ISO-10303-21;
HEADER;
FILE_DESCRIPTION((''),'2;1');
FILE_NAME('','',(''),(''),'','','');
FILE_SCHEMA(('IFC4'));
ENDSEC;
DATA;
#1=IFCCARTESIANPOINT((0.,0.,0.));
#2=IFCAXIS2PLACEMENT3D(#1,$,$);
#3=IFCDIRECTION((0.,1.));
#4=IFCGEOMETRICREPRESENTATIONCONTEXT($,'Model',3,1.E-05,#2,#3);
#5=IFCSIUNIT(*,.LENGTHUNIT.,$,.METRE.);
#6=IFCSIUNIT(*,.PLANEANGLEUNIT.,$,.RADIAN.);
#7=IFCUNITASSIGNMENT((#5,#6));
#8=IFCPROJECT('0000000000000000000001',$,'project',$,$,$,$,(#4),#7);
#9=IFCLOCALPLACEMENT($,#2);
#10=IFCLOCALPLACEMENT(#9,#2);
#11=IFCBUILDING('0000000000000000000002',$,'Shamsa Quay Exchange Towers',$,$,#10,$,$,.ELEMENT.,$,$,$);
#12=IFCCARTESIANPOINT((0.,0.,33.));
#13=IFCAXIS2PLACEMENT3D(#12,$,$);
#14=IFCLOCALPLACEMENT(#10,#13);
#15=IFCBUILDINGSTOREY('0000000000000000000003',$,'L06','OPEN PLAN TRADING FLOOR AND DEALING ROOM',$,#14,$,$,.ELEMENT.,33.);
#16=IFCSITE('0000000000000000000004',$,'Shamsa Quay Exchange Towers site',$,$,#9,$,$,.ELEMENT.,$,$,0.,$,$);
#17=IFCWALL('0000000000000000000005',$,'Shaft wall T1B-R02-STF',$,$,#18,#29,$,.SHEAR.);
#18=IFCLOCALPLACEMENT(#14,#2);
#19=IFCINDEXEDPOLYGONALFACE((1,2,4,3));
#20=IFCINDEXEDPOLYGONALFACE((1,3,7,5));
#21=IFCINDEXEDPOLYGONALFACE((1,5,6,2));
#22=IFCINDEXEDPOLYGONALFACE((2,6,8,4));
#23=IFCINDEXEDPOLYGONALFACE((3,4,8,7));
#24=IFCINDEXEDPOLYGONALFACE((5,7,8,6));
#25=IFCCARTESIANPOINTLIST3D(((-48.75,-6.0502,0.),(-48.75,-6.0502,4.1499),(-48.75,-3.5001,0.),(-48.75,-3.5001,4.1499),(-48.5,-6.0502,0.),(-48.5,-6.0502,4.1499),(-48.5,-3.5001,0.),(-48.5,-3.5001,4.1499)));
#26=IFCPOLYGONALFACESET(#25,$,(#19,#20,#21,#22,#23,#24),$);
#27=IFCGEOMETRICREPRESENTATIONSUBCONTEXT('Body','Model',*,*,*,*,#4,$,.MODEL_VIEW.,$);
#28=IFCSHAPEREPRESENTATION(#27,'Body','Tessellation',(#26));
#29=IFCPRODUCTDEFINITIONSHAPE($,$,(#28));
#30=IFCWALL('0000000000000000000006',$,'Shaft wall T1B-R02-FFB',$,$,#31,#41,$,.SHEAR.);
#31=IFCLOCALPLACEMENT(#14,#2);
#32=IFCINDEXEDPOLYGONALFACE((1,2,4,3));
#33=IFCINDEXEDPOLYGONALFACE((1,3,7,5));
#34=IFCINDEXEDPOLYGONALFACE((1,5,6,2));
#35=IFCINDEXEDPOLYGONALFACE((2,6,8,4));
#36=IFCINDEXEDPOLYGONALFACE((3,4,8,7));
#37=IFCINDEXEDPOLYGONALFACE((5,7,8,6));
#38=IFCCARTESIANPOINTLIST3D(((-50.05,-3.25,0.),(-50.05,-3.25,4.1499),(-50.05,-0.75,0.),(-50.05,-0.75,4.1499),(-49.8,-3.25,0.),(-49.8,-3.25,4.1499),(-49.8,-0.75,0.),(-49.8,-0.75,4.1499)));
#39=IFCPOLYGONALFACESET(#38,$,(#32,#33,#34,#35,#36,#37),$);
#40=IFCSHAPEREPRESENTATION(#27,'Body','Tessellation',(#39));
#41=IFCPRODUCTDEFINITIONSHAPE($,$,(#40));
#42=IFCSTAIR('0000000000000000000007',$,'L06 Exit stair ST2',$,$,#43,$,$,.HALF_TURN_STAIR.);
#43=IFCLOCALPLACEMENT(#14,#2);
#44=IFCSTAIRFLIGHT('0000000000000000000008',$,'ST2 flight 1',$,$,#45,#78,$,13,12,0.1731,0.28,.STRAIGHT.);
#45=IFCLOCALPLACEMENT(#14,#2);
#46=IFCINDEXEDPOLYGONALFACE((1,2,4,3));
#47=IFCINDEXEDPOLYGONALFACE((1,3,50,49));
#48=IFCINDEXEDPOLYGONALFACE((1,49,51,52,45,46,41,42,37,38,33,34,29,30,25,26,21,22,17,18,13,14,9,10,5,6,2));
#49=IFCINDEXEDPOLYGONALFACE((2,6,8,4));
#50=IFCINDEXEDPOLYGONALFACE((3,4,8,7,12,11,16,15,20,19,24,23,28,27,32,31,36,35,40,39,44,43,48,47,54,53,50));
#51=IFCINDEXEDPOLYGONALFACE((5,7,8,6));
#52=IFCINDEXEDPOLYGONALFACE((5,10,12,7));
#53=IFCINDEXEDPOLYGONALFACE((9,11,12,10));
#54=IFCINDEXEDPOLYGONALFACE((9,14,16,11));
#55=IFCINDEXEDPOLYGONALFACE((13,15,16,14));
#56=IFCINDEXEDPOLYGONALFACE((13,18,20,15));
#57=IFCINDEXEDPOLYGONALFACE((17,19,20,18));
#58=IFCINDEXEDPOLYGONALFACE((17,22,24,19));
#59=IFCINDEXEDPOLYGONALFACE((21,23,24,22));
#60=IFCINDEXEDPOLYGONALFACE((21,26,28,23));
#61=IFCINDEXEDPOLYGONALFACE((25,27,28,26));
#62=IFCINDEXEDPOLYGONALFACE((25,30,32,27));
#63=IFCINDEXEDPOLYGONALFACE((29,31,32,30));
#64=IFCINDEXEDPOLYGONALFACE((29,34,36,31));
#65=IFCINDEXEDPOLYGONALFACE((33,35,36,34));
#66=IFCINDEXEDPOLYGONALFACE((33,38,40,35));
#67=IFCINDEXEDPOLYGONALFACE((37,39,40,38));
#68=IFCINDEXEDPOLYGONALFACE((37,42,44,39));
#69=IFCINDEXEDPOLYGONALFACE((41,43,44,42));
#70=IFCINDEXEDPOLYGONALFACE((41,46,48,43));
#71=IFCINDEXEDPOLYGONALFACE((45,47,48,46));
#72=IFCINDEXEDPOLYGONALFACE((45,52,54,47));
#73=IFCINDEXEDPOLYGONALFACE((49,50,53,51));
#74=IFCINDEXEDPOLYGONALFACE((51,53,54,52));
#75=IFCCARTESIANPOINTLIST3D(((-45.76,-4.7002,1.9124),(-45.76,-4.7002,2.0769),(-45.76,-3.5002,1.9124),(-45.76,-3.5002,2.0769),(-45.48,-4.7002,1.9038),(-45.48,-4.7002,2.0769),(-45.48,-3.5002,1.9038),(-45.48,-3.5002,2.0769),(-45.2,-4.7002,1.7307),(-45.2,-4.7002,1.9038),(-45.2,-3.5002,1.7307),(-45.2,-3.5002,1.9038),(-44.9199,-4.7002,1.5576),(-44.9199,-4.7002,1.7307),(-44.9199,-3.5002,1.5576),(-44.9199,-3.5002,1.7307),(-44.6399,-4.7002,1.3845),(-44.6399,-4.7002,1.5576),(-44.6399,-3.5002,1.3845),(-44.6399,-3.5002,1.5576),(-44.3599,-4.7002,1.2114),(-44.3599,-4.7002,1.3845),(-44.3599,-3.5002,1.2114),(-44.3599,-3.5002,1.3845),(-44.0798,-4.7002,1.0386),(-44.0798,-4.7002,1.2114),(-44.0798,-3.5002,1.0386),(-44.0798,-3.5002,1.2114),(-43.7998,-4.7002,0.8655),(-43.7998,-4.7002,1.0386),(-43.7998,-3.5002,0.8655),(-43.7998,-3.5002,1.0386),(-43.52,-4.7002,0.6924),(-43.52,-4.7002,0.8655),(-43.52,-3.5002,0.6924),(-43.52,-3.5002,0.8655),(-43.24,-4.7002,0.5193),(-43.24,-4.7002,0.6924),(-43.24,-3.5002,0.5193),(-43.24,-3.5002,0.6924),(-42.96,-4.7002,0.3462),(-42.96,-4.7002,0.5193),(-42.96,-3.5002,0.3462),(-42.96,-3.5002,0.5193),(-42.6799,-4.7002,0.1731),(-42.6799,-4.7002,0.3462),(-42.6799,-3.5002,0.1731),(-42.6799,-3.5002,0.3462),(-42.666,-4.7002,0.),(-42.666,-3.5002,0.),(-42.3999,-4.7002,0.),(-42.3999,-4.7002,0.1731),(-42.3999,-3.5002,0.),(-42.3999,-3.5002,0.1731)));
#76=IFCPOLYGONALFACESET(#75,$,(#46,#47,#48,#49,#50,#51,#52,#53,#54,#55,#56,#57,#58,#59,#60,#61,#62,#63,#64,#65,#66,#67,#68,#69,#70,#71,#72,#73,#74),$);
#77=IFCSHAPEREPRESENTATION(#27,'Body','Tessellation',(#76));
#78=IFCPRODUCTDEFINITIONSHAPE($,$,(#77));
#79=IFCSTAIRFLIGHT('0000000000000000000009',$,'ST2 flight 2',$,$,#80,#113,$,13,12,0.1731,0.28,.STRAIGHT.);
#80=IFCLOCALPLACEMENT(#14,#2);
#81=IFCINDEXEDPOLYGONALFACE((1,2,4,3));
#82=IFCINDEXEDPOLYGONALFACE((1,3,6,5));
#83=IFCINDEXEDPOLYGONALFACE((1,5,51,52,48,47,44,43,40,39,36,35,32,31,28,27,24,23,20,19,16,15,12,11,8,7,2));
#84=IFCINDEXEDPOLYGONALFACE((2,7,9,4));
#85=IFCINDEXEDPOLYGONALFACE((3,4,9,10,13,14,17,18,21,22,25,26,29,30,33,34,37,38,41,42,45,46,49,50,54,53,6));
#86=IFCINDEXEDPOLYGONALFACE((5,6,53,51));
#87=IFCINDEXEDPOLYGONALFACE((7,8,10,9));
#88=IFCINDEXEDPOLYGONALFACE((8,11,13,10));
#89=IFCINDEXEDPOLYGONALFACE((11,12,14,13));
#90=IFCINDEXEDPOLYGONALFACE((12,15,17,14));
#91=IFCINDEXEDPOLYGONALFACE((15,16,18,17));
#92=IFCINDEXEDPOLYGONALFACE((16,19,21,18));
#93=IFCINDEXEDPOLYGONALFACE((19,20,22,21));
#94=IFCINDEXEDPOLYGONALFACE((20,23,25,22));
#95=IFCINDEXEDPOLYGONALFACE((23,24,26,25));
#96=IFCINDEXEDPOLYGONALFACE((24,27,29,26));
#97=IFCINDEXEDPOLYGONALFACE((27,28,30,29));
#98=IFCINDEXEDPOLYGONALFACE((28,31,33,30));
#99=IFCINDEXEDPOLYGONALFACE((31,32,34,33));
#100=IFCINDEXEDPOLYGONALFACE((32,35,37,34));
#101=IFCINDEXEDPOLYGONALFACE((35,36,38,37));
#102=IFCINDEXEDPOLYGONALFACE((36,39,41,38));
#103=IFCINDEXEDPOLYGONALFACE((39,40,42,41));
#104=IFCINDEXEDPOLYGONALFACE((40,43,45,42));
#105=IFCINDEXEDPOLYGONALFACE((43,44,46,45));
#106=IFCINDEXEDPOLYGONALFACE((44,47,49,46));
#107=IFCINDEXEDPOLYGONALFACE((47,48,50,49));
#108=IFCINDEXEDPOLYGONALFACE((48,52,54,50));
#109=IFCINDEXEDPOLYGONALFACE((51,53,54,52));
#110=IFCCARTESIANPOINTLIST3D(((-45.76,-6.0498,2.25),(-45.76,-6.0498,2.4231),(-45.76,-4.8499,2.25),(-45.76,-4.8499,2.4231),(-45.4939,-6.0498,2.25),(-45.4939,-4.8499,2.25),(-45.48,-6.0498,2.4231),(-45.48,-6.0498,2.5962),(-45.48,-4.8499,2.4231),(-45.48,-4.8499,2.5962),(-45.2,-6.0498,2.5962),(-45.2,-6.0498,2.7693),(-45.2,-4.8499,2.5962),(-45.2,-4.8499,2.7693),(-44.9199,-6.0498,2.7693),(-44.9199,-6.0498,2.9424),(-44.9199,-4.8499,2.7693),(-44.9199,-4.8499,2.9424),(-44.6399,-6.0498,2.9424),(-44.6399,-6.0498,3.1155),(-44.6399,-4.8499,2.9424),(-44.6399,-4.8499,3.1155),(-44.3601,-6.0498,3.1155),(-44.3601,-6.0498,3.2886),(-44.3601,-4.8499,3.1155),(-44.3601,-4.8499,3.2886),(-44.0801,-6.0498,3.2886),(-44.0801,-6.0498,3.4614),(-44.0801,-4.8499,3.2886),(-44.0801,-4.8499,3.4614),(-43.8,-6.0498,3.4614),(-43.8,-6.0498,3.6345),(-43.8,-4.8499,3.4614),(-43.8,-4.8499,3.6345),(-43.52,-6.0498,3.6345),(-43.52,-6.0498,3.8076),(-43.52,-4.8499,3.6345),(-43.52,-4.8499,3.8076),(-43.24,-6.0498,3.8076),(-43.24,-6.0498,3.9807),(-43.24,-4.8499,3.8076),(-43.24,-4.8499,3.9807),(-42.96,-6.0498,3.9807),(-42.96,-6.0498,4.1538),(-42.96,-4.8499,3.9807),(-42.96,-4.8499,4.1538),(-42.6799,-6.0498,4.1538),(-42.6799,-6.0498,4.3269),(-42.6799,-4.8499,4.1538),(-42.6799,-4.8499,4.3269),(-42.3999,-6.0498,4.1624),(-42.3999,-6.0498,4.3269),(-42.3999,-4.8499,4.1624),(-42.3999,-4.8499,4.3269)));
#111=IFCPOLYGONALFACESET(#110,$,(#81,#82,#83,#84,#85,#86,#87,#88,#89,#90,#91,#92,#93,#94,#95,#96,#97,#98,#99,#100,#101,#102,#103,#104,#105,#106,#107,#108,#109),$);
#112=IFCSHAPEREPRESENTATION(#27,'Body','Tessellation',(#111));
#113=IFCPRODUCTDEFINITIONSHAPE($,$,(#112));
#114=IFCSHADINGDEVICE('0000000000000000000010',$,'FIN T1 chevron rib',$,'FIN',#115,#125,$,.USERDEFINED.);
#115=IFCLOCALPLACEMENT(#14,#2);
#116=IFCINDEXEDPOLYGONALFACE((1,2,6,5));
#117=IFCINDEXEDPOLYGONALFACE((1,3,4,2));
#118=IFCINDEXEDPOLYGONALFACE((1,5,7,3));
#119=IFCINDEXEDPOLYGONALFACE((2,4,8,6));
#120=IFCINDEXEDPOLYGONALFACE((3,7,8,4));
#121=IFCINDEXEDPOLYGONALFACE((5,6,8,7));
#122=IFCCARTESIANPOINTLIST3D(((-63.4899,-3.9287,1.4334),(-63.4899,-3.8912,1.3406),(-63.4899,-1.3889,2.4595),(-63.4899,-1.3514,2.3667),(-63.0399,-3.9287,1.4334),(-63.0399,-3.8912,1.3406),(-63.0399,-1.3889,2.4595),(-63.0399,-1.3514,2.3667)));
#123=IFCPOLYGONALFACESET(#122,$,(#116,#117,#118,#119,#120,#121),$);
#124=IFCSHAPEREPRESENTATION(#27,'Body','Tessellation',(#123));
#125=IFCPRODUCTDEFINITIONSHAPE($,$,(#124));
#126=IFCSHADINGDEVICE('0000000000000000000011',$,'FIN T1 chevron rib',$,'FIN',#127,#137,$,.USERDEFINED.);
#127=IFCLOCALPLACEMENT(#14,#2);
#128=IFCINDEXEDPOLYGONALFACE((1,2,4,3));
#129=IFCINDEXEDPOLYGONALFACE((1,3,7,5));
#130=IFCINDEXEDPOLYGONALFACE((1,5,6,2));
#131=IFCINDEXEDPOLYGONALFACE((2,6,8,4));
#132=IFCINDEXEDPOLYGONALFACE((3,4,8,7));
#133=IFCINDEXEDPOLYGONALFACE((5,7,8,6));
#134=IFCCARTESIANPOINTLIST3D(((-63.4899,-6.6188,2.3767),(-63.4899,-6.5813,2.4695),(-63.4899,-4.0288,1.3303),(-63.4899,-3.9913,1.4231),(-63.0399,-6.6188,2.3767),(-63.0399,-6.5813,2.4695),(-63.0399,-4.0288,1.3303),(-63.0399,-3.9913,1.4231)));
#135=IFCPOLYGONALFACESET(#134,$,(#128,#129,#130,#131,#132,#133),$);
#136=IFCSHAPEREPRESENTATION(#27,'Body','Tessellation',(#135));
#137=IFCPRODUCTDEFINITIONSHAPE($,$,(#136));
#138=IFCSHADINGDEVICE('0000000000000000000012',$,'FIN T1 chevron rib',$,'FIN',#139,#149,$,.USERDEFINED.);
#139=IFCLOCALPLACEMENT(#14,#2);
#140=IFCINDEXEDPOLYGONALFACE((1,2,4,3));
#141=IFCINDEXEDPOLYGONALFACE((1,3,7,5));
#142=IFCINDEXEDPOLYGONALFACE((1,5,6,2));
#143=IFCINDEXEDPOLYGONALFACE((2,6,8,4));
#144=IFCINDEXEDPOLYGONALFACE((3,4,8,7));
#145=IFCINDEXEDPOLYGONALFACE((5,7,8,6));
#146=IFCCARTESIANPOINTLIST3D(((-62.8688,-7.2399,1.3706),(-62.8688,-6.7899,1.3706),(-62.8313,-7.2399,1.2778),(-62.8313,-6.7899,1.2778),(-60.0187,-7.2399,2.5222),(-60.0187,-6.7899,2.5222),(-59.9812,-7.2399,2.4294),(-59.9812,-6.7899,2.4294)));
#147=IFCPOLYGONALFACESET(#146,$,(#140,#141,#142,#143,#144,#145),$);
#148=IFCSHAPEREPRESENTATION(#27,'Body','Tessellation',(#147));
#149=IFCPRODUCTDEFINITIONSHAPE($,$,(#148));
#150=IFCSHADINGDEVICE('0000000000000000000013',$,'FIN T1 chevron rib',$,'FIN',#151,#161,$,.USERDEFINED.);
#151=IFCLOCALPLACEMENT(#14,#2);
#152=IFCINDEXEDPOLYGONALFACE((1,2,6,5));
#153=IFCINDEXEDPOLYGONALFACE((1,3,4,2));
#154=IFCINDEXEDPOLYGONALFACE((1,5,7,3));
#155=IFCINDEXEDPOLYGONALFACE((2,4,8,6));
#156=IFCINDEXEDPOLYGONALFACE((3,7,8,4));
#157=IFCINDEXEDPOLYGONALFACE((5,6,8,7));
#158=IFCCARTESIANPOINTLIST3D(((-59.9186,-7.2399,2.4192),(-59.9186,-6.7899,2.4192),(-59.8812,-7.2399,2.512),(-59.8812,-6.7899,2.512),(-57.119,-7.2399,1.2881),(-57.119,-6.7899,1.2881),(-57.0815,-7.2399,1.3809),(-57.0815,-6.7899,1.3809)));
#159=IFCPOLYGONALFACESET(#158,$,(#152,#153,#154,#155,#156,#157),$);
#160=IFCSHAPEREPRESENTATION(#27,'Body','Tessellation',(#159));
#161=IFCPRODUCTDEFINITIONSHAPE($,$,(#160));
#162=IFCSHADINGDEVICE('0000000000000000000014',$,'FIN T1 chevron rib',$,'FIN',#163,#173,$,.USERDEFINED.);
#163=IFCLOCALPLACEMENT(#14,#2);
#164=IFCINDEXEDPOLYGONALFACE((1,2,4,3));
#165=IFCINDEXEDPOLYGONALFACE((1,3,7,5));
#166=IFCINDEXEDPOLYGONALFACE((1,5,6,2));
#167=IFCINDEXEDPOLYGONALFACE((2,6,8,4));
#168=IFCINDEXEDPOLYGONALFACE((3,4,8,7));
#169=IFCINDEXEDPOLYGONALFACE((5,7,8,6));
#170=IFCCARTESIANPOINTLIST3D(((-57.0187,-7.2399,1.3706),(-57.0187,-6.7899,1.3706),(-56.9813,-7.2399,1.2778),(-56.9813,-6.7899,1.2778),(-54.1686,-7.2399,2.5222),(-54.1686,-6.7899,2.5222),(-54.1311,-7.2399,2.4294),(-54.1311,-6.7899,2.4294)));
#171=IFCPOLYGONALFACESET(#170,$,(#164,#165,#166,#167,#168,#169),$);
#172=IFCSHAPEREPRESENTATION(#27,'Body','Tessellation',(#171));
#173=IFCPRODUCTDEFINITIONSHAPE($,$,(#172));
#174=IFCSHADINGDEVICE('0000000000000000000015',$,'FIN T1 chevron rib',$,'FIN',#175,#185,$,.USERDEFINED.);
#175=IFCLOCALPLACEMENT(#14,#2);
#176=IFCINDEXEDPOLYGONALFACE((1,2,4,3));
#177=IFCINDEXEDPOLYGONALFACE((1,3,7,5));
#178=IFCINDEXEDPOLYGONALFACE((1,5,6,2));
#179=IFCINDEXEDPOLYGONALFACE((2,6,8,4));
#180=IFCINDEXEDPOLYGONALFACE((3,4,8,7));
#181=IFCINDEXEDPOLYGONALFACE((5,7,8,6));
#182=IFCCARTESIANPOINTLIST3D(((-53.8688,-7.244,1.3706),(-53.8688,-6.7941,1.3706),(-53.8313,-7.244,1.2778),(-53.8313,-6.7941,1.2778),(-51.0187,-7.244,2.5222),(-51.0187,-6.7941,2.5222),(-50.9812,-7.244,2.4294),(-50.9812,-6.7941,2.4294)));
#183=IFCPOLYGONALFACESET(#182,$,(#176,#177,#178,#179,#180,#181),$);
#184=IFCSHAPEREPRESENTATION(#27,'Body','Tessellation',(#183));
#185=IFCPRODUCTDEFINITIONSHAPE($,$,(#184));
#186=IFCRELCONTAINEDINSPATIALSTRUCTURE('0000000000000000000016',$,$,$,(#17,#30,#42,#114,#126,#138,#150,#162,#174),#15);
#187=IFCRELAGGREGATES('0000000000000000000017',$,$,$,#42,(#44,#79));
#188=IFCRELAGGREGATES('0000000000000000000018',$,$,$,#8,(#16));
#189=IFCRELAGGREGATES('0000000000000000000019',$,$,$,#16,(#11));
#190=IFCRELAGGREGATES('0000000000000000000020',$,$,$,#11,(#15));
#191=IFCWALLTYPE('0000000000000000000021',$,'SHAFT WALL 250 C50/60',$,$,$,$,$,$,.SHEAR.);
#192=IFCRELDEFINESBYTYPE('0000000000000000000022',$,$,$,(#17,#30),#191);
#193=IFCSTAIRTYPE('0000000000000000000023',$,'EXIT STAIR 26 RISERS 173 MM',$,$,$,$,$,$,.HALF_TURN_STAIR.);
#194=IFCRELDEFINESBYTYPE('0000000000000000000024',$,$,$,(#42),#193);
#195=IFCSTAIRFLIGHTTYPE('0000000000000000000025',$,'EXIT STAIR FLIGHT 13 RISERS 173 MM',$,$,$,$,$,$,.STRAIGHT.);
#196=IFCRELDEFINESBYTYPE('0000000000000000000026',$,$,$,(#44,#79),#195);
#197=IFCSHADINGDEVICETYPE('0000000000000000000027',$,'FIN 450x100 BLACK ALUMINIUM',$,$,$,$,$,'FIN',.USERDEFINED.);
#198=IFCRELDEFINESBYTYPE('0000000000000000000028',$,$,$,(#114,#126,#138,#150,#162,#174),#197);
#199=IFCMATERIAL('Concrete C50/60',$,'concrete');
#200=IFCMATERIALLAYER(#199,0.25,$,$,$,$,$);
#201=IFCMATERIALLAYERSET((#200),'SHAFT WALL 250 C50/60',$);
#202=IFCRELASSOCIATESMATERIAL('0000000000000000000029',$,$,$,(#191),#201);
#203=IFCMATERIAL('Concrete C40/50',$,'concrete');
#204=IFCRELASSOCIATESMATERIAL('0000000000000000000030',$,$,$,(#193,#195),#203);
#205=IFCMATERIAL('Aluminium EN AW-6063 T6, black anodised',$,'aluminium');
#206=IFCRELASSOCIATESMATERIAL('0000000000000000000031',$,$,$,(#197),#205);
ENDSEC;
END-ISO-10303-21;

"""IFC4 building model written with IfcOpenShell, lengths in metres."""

from ifc_helpers import new_model, si_unit, direction, frame, frame_2d, origin, origin_2d, place, context, subcontext, project, spatial, polyline, rectangle, outline, extrude, material, layer, layer_set, material_profile, profile_set, type_object, element, aggregate, save


model = new_model("IFC4")

# Units and contexts
model_context = context("Model", 3, precision=1e-05, world=origin(), true_north=direction((0.0, 1.0)))
body_context = subcontext(model_context, "Body", "Model", "MODEL_VIEW")
ifc_project = project(units=[si_unit("LENGTHUNIT", "METRE"), si_unit("PLANEANGLEUNIT", "RADIAN")], contexts=[model_context])

# Site, building, storey
site_placement = place(None, origin())
site = spatial("IfcSite", under=ifc_project, at=site_placement, Name="Shamsa Quay Exchange Towers site", CompositionType="ELEMENT", RefElevation=0.0)
building_placement = place(site_placement, origin())
building = spatial("IfcBuilding", under=site, at=building_placement, Name="Shamsa Quay Exchange Towers", CompositionType="ELEMENT")
storey_placement = place(building_placement, frame((0.0, 0.0, 33.0)))
storey = spatial("IfcBuildingStorey", under=building, at=storey_placement, Name="L06", Description="OPEN PLAN TRADING FLOOR AND DEALING ROOM", CompositionType="ELEMENT", Elevation=33.0)

# Shared definitions
ifc_material_1 = material(Name="Aluminium EN AW-6063 T6, black anodised", Category="aluminium")

# Wall
ifc_material_2 = material(Name="Concrete C50/60", Category="concrete")
ifc_layer_1 = layer(ifc_material_2, 0.25)
ifc_layer_set_1 = layer_set([ifc_layer_1], Name="SHAFT WALL 250 C50/60")
wall_type_1 = type_object("IfcWallType", Name="SHAFT WALL 250 C50/60", PredefinedType="SHEAR", material=ifc_layer_set_1)
wall_1_placement = place(storey_placement, frame((-48.625, -6.05, 0.0), z_axis=(0.0, 0.0, 1.0), x_axis=(0.0, 1.0, 0.0)))
element("IfcWall", 1, at=wall_1_placement, inside=storey, type_object=wall_type_1, Name="Shaft wall T1B-R02-STF", PredefinedType="SHEAR", context=body_context, shape_type="SweptSolid", body=[
    extrude(rectangle(XDim=2.55, YDim=0.25, at=frame_2d((1.2749, 0.0))), origin(), (0.0, 0.0, 1.0), 4.1499),
])

# Wall
wall_2_placement = place(storey_placement, frame((-49.925, -3.25, 0.0), z_axis=(0.0, 0.0, 1.0), x_axis=(0.0, 1.0, 0.0)))
element("IfcWall", 2, at=wall_2_placement, inside=storey, type_object=wall_type_1, Name="Shaft wall T1B-R02-FFB", PredefinedType="SHEAR", context=body_context, shape_type="SweptSolid", body=[
    extrude(rectangle(XDim=2.5, YDim=0.25, at=frame_2d((1.25, 0.0))), origin(), (0.0, 0.0, 1.0), 4.1499),
])

# Stair, stair flights
ifc_material_3 = material(Name="Concrete C40/50", Category="concrete")
stair_type = type_object("IfcStairType", Name="EXIT STAIR 26 RISERS 173 MM", PredefinedType="HALF_TURN_STAIR", material=ifc_material_3)
stair_placement = place(storey_placement, origin())
stair = element("IfcStair", 3, at=stair_placement, inside=storey, type_object=stair_type, Name="L06 Exit stair ST2", PredefinedType="HALF_TURN_STAIR")
stair_flight_type = type_object("IfcStairFlightType", Name="EXIT STAIR FLIGHT 13 RISERS 173 MM", PredefinedType="STRAIGHT", material=ifc_material_3)
stair_flight_1_placement = place(storey_placement, frame((-42.3999, -4.1001, 0.0), z_axis=(0.0, 0.0, 1.0), x_axis=(-1.0, 0.0, 0.0)))
stair_flight_1 = element("IfcStairFlight", 4, at=stair_flight_1_placement, type_object=stair_flight_type, Name="ST2 flight 1", NumberOfRisers=13, NumberOfTreads=12, PredefinedType="STRAIGHT", RiserHeight=0.1731, TreadLength=0.28, context=body_context, shape_type="SweptSolid", body=[
    extrude(outline(polyline([(0.0, 0.0), (0.0, 0.1731), (0.28, 0.1731), (0.28, 0.3462), (0.5601, 0.3462), (0.5601, 0.5193), (0.8401, 0.5193), (0.8401, 0.6924), (1.1201, 0.6924), (1.1201, 0.8655), (1.3999, 0.8655), (1.3999, 1.0386), (1.6799, 1.0386), (1.6799, 1.2114), (1.96, 1.2114), (1.96, 1.3845), (2.24, 1.3845), (2.24, 1.5576), (2.52, 1.5576), (2.52, 1.7307), (2.8, 1.7307), (2.8, 1.9038), (3.0801, 1.9038), (3.0801, 2.0769), (3.3601, 2.0769), (3.3601, 2.25), (3.3601, 1.9124), (0.2661, 0.0), (0.0, 0.0)])), frame((0.0, 0.6001, 0.0), z_axis=(0.0, -1.0, 0.0), x_axis=(1.0, 0.0, 0.0)), (0.0, 0.0, 1.0), 1.2),
])
stair_flight_2_placement = place(storey_placement, frame((-45.76, -5.45, 2.25)))
stair_flight_2 = element("IfcStairFlight", 5, at=stair_flight_2_placement, type_object=stair_flight_type, Name="ST2 flight 2", NumberOfRisers=13, NumberOfTreads=12, PredefinedType="STRAIGHT", RiserHeight=0.1731, TreadLength=0.28, context=body_context, shape_type="SweptSolid", body=[
    extrude(outline(polyline([(0.0, 0.0), (0.0, 0.1731), (0.28, 0.1731), (0.28, 0.3462), (0.5601, 0.3462), (0.5601, 0.5193), (0.8401, 0.5193), (0.8401, 0.6924), (1.1201, 0.6924), (1.1201, 0.8655), (1.3999, 0.8655), (1.3999, 1.0386), (1.6799, 1.0386), (1.6799, 1.2114), (1.96, 1.2114), (1.96, 1.3845), (2.24, 1.3845), (2.24, 1.5576), (2.52, 1.5576), (2.52, 1.7307), (2.8, 1.7307), (2.8, 1.9038), (3.0801, 1.9038), (3.0801, 2.0769), (3.3601, 2.0769), (3.3601, 2.25), (3.3601, 1.9124), (0.2661, 0.0), (0.0, 0.0)])), frame((0.0, 0.6001, 0.0), z_axis=(0.0, -1.0, 0.0), x_axis=(1.0, 0.0, 0.0)), (0.0, 0.0, 1.0), 1.2),
])
aggregate(stair, [stair_flight_1, stair_flight_2])

# Shading devices
ifc_material_profile_1 = material_profile(ifc_material_1, rectangle(XDim=0.45, YDim=0.1001, at=origin_2d()), Name="FIN450x100")
ifc_profile_set_1 = profile_set([ifc_material_profile_1], Name="Aluminium EN AW-6063 T6, black anodised")
shading_device_type = type_object("IfcShadingDeviceType", Name="FIN 450x100 BLACK ALUMINIUM", ElementType="FIN", PredefinedType="USERDEFINED", material=ifc_profile_set_1)
shading_device_1_placement = place(storey_placement, frame((-63.2649, -1.3701, 2.4131), z_axis=(0.0, -0.927186, -0.3746), x_axis=(1.0, 0.0, 0.0)))
element("IfcShadingDevice", 6, at=shading_device_1_placement, inside=storey, type_object=shading_device_type, Name="FIN T1 chevron rib", ObjectType="FIN", PredefinedType="USERDEFINED", context=body_context, shape_type="SweptSolid", body=[
    extrude(rectangle(XDim=0.45, YDim=0.1001, at=origin_2d()), origin(), (0.0, 0.0, 1.0), 2.7393),
])
shading_device_2_placement = place(storey_placement, frame((-63.2649, -4.01, 1.3767), z_axis=(0.0, -0.927193, 0.374583), x_axis=(1.0, 0.0, 0.0)))
element("IfcShadingDevice", 7, at=shading_device_2_placement, inside=storey, type_object=shading_device_type, Name="FIN T1 chevron rib", ObjectType="FIN", PredefinedType="USERDEFINED", context=body_context, shape_type="SweptSolid", body=[
    extrude(rectangle(XDim=0.45, YDim=0.1001, at=origin_2d()), origin(), (0.0, 0.0, 1.0), 2.7935),
])
shading_device_3_placement = place(storey_placement, frame((-62.8501, -7.0149, 1.3242), z_axis=(0.927173, 0.0, 0.374634), x_axis=(0.0, 1.0, 0.0)))
element("IfcShadingDevice", 8, at=shading_device_3_placement, inside=storey, type_object=shading_device_type, Name="FIN T1 chevron rib", ObjectType="FIN", PredefinedType="USERDEFINED", context=body_context, shape_type="SweptSolid", body=[
    extrude(rectangle(XDim=0.45, YDim=0.1001, at=origin_2d()), origin(), (0.0, 0.0, 1.0), 3.074),
])
shading_device_4_placement = place(storey_placement, frame((-59.8999, -7.0149, 2.4656), z_axis=(0.927194, 0.0, -0.374581), x_axis=(0.0, 1.0, 0.0)))
element("IfcShadingDevice", 9, at=shading_device_4_placement, inside=storey, type_object=shading_device_type, Name="FIN T1 chevron rib", ObjectType="FIN", PredefinedType="USERDEFINED", context=body_context, shape_type="SweptSolid", body=[
    extrude(rectangle(XDim=0.45, YDim=0.1001, at=origin_2d()), origin(), (0.0, 0.0, 1.0), 3.0195),
])
for number, where, z_axis, x_axis, name in (
    (10, (-57.0, -7.0149, 1.3242), (0.927173, 0.0, 0.374634), (0.0, 1.0, 0.0), "FIN T1 chevron rib"),
    (11, (-53.8501, -7.019, 1.3242), (0.927173, 0.0, 0.374634), (0.0, 1.0, 0.0), "FIN T1 chevron rib"),
):
    element("IfcShadingDevice", number, at=place(storey_placement, frame(where, z_axis=z_axis, x_axis=x_axis)), inside=storey, type_object=shading_device_type, Name=name, ObjectType="FIN", PredefinedType="USERDEFINED", context=body_context, shape_type="SweptSolid", body=[
        extrude(rectangle(XDim=0.45, YDim=0.1001, at=origin_2d()), origin(), (0.0, 0.0, 1.0), 3.074),
    ])

save(model, "model.ifc")
